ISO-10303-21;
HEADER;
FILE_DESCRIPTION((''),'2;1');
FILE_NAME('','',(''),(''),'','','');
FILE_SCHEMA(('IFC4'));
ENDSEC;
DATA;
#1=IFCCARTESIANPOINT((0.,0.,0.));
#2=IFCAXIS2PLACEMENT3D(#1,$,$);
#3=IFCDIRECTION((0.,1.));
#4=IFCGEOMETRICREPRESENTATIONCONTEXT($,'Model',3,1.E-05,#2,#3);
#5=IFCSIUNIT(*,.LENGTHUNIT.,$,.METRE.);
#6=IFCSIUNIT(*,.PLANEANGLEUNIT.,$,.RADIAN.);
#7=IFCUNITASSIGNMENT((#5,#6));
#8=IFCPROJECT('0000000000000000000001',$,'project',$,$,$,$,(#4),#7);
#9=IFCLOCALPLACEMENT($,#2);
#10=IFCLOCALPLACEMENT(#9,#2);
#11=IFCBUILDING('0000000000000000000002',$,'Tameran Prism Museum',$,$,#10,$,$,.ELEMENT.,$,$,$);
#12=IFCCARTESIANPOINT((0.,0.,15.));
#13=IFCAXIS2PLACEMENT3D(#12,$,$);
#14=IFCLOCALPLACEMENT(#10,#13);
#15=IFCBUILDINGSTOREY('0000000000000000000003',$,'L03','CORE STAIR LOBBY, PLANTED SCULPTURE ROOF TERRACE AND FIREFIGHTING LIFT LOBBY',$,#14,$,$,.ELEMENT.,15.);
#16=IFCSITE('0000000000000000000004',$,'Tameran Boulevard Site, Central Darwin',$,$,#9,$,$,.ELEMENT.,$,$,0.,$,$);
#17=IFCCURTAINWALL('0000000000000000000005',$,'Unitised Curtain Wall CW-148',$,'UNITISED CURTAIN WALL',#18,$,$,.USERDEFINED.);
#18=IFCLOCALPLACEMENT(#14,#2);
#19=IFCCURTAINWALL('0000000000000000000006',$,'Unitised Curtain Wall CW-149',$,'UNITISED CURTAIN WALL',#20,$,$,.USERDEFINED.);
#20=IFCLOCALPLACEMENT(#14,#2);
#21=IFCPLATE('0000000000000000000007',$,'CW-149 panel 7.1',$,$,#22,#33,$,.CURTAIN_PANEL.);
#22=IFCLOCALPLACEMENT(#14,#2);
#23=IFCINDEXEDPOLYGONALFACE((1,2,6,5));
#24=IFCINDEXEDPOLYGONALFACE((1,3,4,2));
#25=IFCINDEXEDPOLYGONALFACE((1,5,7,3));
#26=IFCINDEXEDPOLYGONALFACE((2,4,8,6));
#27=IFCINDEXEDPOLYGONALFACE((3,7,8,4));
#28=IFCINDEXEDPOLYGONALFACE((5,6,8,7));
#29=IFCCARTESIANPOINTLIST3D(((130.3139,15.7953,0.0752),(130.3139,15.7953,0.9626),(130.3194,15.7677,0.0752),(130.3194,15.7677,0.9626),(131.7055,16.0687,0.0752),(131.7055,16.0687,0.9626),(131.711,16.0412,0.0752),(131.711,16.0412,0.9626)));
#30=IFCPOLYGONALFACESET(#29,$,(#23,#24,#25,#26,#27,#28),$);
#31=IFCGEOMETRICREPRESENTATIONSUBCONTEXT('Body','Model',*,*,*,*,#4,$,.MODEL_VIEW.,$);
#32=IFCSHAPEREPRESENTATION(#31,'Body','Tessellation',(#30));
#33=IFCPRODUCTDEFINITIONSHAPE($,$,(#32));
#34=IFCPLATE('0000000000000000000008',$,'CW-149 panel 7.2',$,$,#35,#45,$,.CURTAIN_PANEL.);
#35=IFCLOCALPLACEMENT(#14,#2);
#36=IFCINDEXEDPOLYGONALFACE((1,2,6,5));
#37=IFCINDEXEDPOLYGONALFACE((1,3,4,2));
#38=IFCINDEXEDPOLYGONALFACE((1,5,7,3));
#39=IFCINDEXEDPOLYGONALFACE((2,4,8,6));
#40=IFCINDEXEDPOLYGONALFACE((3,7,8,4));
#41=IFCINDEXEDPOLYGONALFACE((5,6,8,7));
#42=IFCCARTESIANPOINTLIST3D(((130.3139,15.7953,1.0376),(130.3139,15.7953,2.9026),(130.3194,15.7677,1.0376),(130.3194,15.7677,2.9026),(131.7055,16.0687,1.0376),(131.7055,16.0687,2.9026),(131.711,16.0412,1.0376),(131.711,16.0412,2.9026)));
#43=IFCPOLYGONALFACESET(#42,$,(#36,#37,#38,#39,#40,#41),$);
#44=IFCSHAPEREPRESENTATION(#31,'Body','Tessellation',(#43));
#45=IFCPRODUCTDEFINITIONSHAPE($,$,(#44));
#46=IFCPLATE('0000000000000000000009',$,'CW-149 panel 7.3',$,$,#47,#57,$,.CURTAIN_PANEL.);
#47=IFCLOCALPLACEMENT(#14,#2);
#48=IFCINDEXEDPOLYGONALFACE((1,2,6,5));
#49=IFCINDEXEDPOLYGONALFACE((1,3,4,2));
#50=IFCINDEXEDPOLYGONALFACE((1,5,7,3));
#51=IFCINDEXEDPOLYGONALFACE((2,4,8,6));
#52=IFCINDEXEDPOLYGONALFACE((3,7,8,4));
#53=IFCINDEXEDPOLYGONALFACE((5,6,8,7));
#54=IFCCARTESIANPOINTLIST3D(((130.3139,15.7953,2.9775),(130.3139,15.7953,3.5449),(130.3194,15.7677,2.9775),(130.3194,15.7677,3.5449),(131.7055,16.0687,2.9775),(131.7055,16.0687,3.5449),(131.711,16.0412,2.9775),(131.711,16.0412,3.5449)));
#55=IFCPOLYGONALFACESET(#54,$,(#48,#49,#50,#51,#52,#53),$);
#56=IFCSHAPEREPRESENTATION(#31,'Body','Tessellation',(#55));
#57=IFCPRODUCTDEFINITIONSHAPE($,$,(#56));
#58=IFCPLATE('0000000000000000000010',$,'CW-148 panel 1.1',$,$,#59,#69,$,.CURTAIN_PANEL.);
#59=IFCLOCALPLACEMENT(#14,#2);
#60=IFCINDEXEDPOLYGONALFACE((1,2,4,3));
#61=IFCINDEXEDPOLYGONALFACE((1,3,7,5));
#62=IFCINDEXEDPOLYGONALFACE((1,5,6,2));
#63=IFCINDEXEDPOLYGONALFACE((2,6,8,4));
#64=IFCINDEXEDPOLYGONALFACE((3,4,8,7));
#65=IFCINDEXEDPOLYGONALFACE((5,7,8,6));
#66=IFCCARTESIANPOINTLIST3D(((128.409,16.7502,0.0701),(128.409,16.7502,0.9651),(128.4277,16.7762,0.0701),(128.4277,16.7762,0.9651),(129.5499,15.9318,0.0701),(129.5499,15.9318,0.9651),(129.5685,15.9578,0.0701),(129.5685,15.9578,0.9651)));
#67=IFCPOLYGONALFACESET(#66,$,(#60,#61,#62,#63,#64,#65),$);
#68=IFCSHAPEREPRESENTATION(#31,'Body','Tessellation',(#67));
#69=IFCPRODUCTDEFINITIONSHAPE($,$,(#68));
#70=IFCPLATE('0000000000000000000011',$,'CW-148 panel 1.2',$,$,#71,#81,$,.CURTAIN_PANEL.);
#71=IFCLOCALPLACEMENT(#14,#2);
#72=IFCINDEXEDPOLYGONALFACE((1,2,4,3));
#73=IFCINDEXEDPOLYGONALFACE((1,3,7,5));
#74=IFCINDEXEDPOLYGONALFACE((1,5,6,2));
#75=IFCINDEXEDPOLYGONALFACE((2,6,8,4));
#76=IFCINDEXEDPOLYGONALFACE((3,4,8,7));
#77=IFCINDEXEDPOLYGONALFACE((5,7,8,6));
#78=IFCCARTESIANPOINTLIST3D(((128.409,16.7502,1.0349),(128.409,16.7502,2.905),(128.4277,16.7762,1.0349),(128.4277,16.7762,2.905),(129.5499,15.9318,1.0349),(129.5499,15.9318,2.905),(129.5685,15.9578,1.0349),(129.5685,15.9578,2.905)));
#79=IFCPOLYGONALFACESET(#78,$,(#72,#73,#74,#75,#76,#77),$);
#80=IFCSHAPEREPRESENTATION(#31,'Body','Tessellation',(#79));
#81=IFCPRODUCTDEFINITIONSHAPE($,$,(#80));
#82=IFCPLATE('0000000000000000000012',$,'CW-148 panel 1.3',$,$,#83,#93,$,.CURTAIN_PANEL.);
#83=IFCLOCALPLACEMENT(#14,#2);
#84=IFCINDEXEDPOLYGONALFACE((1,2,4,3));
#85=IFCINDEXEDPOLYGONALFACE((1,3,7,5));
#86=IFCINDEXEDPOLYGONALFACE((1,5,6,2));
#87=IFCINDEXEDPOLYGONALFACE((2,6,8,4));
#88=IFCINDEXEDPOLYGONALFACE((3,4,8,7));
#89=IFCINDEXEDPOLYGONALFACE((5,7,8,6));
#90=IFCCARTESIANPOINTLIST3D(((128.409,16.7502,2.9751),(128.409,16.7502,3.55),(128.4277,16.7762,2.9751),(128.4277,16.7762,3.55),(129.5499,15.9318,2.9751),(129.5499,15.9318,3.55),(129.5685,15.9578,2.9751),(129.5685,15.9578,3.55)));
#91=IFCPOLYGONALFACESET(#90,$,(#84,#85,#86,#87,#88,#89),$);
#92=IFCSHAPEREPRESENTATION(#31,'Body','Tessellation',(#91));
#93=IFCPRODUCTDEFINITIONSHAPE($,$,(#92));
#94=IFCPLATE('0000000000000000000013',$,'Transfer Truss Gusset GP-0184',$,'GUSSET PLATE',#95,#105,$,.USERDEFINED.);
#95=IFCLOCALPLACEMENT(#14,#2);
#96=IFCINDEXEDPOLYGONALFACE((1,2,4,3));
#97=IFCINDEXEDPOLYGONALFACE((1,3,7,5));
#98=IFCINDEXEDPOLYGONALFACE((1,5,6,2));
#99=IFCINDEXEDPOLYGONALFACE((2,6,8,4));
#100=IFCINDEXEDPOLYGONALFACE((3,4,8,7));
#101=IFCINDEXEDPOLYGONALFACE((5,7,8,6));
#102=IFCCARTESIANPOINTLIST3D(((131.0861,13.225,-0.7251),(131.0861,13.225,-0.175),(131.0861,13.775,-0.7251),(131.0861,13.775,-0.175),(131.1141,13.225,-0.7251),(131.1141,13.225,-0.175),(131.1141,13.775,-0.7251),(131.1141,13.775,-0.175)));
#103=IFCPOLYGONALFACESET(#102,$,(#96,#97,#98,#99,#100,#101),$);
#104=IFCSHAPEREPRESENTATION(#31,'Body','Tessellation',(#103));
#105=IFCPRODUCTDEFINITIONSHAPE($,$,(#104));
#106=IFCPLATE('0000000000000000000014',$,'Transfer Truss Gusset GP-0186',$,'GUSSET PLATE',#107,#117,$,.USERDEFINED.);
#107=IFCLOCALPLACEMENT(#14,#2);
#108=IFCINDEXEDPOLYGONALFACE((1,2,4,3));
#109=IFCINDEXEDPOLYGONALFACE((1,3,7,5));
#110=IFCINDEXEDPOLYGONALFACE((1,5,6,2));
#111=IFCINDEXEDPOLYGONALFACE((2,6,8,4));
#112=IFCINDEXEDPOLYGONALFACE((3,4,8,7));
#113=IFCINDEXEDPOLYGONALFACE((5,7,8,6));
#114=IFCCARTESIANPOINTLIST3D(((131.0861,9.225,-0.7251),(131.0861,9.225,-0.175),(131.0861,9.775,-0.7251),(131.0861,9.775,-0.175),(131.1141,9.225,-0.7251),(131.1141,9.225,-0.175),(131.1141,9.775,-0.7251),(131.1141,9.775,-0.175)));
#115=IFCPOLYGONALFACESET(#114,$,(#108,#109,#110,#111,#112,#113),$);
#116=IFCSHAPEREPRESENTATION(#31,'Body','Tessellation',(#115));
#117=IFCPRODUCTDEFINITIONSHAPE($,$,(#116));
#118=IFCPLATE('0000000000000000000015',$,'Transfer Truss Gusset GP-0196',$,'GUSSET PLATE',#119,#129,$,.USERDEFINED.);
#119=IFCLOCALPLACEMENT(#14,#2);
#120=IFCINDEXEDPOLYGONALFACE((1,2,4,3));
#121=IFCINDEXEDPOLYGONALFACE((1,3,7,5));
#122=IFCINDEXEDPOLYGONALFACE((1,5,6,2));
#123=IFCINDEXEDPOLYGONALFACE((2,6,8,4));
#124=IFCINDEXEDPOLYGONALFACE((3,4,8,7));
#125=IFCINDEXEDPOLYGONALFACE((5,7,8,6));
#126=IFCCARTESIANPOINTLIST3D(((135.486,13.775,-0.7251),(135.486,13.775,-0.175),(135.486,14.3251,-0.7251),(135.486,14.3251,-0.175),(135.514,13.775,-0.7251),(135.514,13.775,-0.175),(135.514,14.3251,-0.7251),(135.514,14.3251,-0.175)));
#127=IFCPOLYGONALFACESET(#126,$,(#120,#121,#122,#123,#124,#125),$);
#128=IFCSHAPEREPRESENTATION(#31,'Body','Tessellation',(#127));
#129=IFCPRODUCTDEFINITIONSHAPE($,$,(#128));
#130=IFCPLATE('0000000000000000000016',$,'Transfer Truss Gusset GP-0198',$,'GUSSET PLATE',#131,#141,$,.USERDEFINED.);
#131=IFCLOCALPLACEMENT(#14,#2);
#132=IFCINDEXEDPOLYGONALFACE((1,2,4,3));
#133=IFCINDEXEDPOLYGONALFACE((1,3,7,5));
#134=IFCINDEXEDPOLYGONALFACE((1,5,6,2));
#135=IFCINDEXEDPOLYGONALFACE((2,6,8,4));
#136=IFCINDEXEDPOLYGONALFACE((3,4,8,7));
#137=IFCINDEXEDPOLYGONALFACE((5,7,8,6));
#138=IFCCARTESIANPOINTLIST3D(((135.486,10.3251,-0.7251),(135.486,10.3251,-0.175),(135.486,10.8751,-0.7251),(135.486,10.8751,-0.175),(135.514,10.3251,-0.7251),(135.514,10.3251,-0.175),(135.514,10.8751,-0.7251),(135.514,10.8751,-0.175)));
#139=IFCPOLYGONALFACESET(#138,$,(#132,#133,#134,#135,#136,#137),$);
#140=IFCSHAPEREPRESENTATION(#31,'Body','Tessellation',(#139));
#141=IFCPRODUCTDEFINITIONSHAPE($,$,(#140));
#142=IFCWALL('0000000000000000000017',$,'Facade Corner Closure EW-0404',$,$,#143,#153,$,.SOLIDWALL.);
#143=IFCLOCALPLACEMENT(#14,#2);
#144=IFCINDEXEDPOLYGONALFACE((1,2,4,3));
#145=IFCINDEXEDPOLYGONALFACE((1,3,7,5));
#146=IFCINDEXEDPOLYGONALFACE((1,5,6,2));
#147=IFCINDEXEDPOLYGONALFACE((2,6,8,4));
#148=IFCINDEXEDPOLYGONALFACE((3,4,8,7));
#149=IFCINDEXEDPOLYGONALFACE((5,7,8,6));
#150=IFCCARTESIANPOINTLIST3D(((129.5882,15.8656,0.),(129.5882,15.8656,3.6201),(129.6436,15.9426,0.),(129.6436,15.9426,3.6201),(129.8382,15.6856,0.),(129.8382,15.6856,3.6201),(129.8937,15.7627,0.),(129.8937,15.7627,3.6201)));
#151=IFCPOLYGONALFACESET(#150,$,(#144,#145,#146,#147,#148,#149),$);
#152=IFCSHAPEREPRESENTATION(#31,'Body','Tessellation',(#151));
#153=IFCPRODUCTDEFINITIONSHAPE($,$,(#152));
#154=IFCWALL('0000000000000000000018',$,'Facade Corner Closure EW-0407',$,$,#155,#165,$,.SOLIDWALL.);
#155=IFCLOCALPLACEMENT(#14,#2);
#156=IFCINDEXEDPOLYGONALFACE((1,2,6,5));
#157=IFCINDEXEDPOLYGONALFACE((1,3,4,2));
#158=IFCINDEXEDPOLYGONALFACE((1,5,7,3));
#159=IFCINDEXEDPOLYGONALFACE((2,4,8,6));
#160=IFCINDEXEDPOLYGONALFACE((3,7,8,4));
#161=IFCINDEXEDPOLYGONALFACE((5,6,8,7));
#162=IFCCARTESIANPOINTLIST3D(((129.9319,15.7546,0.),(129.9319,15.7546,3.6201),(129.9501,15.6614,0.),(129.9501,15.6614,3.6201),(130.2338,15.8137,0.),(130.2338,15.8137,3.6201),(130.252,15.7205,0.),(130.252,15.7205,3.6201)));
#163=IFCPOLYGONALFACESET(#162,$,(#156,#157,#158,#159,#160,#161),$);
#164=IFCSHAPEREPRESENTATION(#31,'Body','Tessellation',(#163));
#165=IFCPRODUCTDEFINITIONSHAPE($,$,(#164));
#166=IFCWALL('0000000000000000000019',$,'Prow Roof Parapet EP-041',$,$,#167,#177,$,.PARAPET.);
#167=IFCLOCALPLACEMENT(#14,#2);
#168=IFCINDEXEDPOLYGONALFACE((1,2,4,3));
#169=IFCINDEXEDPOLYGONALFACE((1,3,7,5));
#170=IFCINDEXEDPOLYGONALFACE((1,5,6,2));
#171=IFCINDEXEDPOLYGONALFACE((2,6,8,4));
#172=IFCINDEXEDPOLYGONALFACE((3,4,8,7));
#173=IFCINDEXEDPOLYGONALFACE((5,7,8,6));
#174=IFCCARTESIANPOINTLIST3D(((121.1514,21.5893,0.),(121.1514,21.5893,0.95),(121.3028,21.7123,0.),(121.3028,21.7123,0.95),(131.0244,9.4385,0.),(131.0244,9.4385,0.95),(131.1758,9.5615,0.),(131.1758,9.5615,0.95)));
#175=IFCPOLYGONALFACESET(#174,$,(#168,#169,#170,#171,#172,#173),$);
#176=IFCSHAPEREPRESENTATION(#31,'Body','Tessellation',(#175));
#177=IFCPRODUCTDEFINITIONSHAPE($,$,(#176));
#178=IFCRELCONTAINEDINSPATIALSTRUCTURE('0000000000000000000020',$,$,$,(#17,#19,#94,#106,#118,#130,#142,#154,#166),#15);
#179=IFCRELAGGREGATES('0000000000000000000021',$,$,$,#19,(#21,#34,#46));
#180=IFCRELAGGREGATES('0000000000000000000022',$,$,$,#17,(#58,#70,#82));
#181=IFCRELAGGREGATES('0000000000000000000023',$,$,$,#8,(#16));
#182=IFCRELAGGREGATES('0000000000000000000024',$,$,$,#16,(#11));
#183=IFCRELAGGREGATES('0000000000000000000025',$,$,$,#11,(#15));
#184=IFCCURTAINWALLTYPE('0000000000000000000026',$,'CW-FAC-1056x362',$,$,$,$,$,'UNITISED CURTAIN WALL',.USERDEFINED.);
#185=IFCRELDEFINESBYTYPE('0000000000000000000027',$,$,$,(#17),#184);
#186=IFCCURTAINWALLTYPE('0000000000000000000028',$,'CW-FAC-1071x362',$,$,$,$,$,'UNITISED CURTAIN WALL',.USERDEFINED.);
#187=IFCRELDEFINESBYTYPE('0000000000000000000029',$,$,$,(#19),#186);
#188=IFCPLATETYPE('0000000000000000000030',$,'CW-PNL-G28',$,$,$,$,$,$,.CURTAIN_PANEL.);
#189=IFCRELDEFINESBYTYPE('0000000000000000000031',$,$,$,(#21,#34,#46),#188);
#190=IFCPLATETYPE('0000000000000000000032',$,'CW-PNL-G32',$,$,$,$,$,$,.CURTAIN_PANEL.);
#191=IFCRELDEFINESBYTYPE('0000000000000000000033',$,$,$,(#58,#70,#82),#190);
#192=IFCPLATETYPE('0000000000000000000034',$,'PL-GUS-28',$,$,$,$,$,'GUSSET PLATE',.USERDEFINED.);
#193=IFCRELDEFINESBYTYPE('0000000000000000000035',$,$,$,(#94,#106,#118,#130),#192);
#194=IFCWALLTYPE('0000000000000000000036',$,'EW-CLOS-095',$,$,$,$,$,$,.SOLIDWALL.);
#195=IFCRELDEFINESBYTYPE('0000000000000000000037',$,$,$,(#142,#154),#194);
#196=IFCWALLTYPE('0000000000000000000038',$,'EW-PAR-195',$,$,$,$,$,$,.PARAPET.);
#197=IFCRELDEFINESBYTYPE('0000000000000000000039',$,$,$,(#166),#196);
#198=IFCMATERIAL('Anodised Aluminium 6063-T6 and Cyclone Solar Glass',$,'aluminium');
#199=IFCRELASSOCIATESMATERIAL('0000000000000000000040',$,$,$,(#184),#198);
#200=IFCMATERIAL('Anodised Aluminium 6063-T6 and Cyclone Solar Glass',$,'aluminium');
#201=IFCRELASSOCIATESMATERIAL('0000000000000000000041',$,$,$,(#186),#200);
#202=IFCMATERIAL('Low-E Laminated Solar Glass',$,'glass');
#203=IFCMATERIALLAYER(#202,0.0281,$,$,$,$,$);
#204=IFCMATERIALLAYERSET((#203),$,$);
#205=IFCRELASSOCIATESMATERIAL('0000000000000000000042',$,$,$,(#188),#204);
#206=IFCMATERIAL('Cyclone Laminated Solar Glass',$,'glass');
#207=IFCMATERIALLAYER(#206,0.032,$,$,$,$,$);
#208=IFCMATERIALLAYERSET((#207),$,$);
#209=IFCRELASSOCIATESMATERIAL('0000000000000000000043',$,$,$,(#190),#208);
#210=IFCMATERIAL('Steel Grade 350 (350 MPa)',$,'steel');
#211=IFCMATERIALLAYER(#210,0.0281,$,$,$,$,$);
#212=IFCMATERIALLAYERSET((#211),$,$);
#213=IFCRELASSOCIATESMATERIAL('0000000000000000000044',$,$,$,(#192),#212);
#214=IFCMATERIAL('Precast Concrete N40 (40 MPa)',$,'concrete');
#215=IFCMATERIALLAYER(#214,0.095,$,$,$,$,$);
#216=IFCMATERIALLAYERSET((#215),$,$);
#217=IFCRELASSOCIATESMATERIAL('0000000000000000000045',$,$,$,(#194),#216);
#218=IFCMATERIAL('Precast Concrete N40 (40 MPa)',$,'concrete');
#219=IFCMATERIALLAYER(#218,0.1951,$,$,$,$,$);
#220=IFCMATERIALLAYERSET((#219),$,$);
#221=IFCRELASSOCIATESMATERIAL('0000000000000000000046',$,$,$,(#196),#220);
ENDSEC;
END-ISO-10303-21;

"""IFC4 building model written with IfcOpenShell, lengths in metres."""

from ifc_helpers import new_model, si_unit, direction, frame, frame_2d, origin, origin_2d, place, context, subcontext, project, spatial, rectangle, extrude, material, layer, layer_set, type_object, element, aggregate, save


model = new_model("IFC4")

# Units and contexts
model_context = context("Model", 3, precision=1e-05, world=origin(), true_north=direction((0.0, 1.0)))
body_context = subcontext(model_context, "Body", "Model", "MODEL_VIEW")
ifc_project = project(units=[si_unit("LENGTHUNIT", "METRE"), si_unit("PLANEANGLEUNIT", "RADIAN")], contexts=[model_context])

# Site, building, storey
site_placement = place(None, origin())
site = spatial("IfcSite", under=ifc_project, at=site_placement, Name="Tameran Boulevard Site, Central Darwin", CompositionType="ELEMENT", RefElevation=0.0)
building_placement = place(site_placement, origin())
building = spatial("IfcBuilding", under=site, at=building_placement, Name="Tameran Prism Museum", CompositionType="ELEMENT")
storey_placement = place(building_placement, frame((0.0, 0.0, 15.0)))
storey = spatial("IfcBuildingStorey", under=building, at=storey_placement, Name="L03", Description="CORE STAIR LOBBY, PLANTED SCULPTURE ROOF TERRACE AND FIREFIGHTING LIFT LOBBY", CompositionType="ELEMENT", Elevation=15.0)

# Curtain wall
ifc_material_1 = material(Name="Anodised Aluminium 6063-T6 and Cyclone Solar Glass", Category="aluminium")
curtain_wall_type_1 = type_object("IfcCurtainWallType", Name="CW-FAC-1056x362", ElementType="UNITISED CURTAIN WALL", PredefinedType="USERDEFINED", material=ifc_material_1)
curtain_wall_1_placement = place(storey_placement, origin())
curtain_wall_1 = element("IfcCurtainWall", 1, at=curtain_wall_1_placement, inside=storey, type_object=curtain_wall_type_1, Name="Unitised Curtain Wall CW-148", ObjectType="UNITISED CURTAIN WALL", PredefinedType="USERDEFINED")

# Curtain wall
ifc_material_2 = material(Name="Anodised Aluminium 6063-T6 and Cyclone Solar Glass", Category="aluminium")
curtain_wall_type_2 = type_object("IfcCurtainWallType", Name="CW-FAC-1071x362", ElementType="UNITISED CURTAIN WALL", PredefinedType="USERDEFINED", material=ifc_material_2)
curtain_wall_2_placement = place(storey_placement, origin())
curtain_wall_2 = element("IfcCurtainWall", 2, at=curtain_wall_2_placement, inside=storey, type_object=curtain_wall_type_2, Name="Unitised Curtain Wall CW-149", ObjectType="UNITISED CURTAIN WALL", PredefinedType="USERDEFINED")

# Plates
ifc_material_3 = material(Name="Low-E Laminated Solar Glass", Category="glass")
ifc_layer_1 = layer(ifc_material_3, 0.0281)
ifc_layer_set_1 = layer_set([ifc_layer_1])
plate_type_1 = type_object("IfcPlateType", Name="CW-PNL-G28", PredefinedType="CURTAIN_PANEL", material=ifc_layer_set_1)
plate_1_placement = place(storey_placement, frame((131.0125, 15.9182, 0.0752), z_axis=(0.0, 0.0, 1.0), x_axis=(-0.981236, -0.192813, 0.0)))
plate_1 = element("IfcPlate", 3, at=plate_1_placement, type_object=plate_type_1, Name="CW-149 panel 7.1", PredefinedType="CURTAIN_PANEL", context=body_context, shape_type="SweptSolid", body=[
    extrude(rectangle(XDim=1.4182, YDim=0.0281, at=origin_2d()), origin(), (0.0, 0.0, 1.0), 0.8875),
])
plate_2_placement = place(storey_placement, frame((131.0125, 15.9182, 1.0376), z_axis=(0.0, 0.0, 1.0), x_axis=(-0.981236, -0.192813, 0.0)))
plate_2 = element("IfcPlate", 4, at=plate_2_placement, type_object=plate_type_1, Name="CW-149 panel 7.2", PredefinedType="CURTAIN_PANEL", context=body_context, shape_type="SweptSolid", body=[
    extrude(rectangle(XDim=1.4182, YDim=0.0281, at=origin_2d()), origin(), (0.0, 0.0, 1.0), 1.865),
])
plate_3_placement = place(storey_placement, frame((131.0125, 15.9182, 2.9775), z_axis=(0.0, 0.0, 1.0), x_axis=(-0.981236, -0.192813, 0.0)))
plate_3 = element("IfcPlate", 5, at=plate_3_placement, type_object=plate_type_1, Name="CW-149 panel 7.3", PredefinedType="CURTAIN_PANEL", context=body_context, shape_type="SweptSolid", body=[
    extrude(rectangle(XDim=1.4182, YDim=0.0281, at=origin_2d()), origin(), (0.0, 0.0, 1.0), 0.5674),
])
aggregate(curtain_wall_2, [plate_1, plate_2, plate_3])
ifc_material_4 = material(Name="Cyclone Laminated Solar Glass", Category="glass")
ifc_layer_2 = layer(ifc_material_4, 0.032)
ifc_layer_set_2 = layer_set([ifc_layer_2])
plate_type_2 = type_object("IfcPlateType", Name="CW-PNL-G32", PredefinedType="CURTAIN_PANEL", material=ifc_layer_set_2)
plate_4_placement = place(storey_placement, frame((128.9888, 16.354, 0.0701), z_axis=(0.0, 0.0, 1.0), x_axis=(-0.812555, 0.582885, 0.0)))
plate_4 = element("IfcPlate", 6, at=plate_4_placement, type_object=plate_type_2, Name="CW-148 panel 1.1", PredefinedType="CURTAIN_PANEL", context=body_context, shape_type="SweptSolid", body=[
    extrude(rectangle(XDim=1.4041, YDim=0.032, at=origin_2d()), origin(), (0.0, 0.0, 1.0), 0.895),
])
plate_5_placement = place(storey_placement, frame((128.9888, 16.354, 1.0349), z_axis=(0.0, 0.0, 1.0), x_axis=(-0.812555, 0.582885, 0.0)))
plate_5 = element("IfcPlate", 7, at=plate_5_placement, type_object=plate_type_2, Name="CW-148 panel 1.2", PredefinedType="CURTAIN_PANEL", context=body_context, shape_type="SweptSolid", body=[
    extrude(rectangle(XDim=1.4041, YDim=0.032, at=origin_2d()), origin(), (0.0, 0.0, 1.0), 1.8701),
])
plate_6_placement = place(storey_placement, frame((128.9888, 16.354, 2.9751), z_axis=(0.0, 0.0, 1.0), x_axis=(-0.812555, 0.582885, 0.0)))
plate_6 = element("IfcPlate", 8, at=plate_6_placement, type_object=plate_type_2, Name="CW-148 panel 1.3", PredefinedType="CURTAIN_PANEL", context=body_context, shape_type="SweptSolid", body=[
    extrude(rectangle(XDim=1.4041, YDim=0.032, at=origin_2d()), origin(), (0.0, 0.0, 1.0), 0.575),
])
aggregate(curtain_wall_1, [plate_4, plate_5, plate_6])

# Plates
ifc_material_5 = material(Name="Steel Grade 350 (350 MPa)", Category="steel")
ifc_layer_3 = layer(ifc_material_5, 0.0281)
ifc_layer_set_3 = layer_set([ifc_layer_3])
plate_type_3 = type_object("IfcPlateType", Name="PL-GUS-28", ElementType="GUSSET PLATE", PredefinedType="USERDEFINED", material=ifc_layer_set_3)
for number, where, z_axis, x_axis, name in (
    (9, (131.1001, 13.5, -0.7251), (0.0, 0.0, 1.0), (1.0, 0.0, 0.0), "Transfer Truss Gusset GP-0184"),
    (10, (131.1001, 9.5, -0.7251), (0.0, 0.0, 1.0), (1.0, 0.0, 0.0), "Transfer Truss Gusset GP-0186"),
    (11, (135.5, 14.05, -0.7251), (0.0, 0.0, 1.0), (1.0, 0.0, 0.0), "Transfer Truss Gusset GP-0196"),
    (12, (135.5, 10.6001, -0.7251), (0.0, 0.0, 1.0), (1.0, 0.0, 0.0), "Transfer Truss Gusset GP-0198"),
):
    element("IfcPlate", number, at=place(storey_placement, frame(where, z_axis=z_axis, x_axis=x_axis)), inside=storey, type_object=plate_type_3, Name=name, ObjectType="GUSSET PLATE", PredefinedType="USERDEFINED", context=body_context, shape_type="SweptSolid", body=[
        extrude(rectangle(XDim=0.0281, YDim=0.55, at=origin_2d()), origin(), (0.0, 0.0, 1.0), 0.55),
    ])

# Walls
ifc_material_6 = material(Name="Precast Concrete N40 (40 MPa)", Category="concrete")
ifc_layer_4 = layer(ifc_material_6, 0.095)
ifc_layer_set_4 = layer_set([ifc_layer_4])
wall_type_1 = type_object("IfcWallType", Name="EW-CLOS-095", PredefinedType="SOLIDWALL", material=ifc_layer_set_4)
wall_1_placement = place(storey_placement, frame((129.866, 15.7241, 0.0), z_axis=(0.0, 0.0, 1.0), x_axis=(-0.81164, 0.584159, 0.0)))
element("IfcWall", 13, at=wall_1_placement, inside=storey, type_object=wall_type_1, Name="Facade Corner Closure EW-0404", PredefinedType="SOLIDWALL", context=body_context, shape_type="SweptSolid", body=[
    extrude(rectangle(XDim=0.3081, YDim=0.095, at=frame_2d((0.1541, 0.0))), origin(), (0.0, 0.0, 1.0), 3.6201),
])
wall_2_placement = place(storey_placement, frame((130.2429, 15.7671, 0.0), z_axis=(0.0, 0.0, 1.0), x_axis=(-0.981396, -0.191995, 0.0)))
element("IfcWall", 14, at=wall_2_placement, inside=storey, type_object=wall_type_1, Name="Facade Corner Closure EW-0407", PredefinedType="SOLIDWALL", context=body_context, shape_type="SweptSolid", body=[
    extrude(rectangle(XDim=0.3076, YDim=0.095, at=frame_2d((0.1538, 0.0))), origin(), (0.0, 0.0, 1.0), 3.6201),
])
ifc_material_7 = material(Name="Precast Concrete N40 (40 MPa)", Category="concrete")
ifc_layer_5 = layer(ifc_material_7, 0.1951)
ifc_layer_set_5 = layer_set([ifc_layer_5])
wall_type_2 = type_object("IfcWallType", Name="EW-PAR-195", PredefinedType="PARAPET", material=ifc_layer_set_5)
wall_3_placement = place(storey_placement, frame((131.1001, 9.5, 0.0), z_axis=(0.0, 0.0, 1.0), x_axis=(-0.63061, 0.7761, 0.0)))
element("IfcWall", 15, at=wall_3_placement, inside=storey, type_object=wall_type_2, Name="Prow Roof Parapet EP-041", PredefinedType="PARAPET", context=body_context, shape_type="SweptSolid", body=[
    extrude(rectangle(XDim=15.6562, YDim=0.1951, at=frame_2d((7.8281, 0.0))), origin(), (0.0, 0.0, 1.0), 0.95),
])

save(model, "model.ifc")
